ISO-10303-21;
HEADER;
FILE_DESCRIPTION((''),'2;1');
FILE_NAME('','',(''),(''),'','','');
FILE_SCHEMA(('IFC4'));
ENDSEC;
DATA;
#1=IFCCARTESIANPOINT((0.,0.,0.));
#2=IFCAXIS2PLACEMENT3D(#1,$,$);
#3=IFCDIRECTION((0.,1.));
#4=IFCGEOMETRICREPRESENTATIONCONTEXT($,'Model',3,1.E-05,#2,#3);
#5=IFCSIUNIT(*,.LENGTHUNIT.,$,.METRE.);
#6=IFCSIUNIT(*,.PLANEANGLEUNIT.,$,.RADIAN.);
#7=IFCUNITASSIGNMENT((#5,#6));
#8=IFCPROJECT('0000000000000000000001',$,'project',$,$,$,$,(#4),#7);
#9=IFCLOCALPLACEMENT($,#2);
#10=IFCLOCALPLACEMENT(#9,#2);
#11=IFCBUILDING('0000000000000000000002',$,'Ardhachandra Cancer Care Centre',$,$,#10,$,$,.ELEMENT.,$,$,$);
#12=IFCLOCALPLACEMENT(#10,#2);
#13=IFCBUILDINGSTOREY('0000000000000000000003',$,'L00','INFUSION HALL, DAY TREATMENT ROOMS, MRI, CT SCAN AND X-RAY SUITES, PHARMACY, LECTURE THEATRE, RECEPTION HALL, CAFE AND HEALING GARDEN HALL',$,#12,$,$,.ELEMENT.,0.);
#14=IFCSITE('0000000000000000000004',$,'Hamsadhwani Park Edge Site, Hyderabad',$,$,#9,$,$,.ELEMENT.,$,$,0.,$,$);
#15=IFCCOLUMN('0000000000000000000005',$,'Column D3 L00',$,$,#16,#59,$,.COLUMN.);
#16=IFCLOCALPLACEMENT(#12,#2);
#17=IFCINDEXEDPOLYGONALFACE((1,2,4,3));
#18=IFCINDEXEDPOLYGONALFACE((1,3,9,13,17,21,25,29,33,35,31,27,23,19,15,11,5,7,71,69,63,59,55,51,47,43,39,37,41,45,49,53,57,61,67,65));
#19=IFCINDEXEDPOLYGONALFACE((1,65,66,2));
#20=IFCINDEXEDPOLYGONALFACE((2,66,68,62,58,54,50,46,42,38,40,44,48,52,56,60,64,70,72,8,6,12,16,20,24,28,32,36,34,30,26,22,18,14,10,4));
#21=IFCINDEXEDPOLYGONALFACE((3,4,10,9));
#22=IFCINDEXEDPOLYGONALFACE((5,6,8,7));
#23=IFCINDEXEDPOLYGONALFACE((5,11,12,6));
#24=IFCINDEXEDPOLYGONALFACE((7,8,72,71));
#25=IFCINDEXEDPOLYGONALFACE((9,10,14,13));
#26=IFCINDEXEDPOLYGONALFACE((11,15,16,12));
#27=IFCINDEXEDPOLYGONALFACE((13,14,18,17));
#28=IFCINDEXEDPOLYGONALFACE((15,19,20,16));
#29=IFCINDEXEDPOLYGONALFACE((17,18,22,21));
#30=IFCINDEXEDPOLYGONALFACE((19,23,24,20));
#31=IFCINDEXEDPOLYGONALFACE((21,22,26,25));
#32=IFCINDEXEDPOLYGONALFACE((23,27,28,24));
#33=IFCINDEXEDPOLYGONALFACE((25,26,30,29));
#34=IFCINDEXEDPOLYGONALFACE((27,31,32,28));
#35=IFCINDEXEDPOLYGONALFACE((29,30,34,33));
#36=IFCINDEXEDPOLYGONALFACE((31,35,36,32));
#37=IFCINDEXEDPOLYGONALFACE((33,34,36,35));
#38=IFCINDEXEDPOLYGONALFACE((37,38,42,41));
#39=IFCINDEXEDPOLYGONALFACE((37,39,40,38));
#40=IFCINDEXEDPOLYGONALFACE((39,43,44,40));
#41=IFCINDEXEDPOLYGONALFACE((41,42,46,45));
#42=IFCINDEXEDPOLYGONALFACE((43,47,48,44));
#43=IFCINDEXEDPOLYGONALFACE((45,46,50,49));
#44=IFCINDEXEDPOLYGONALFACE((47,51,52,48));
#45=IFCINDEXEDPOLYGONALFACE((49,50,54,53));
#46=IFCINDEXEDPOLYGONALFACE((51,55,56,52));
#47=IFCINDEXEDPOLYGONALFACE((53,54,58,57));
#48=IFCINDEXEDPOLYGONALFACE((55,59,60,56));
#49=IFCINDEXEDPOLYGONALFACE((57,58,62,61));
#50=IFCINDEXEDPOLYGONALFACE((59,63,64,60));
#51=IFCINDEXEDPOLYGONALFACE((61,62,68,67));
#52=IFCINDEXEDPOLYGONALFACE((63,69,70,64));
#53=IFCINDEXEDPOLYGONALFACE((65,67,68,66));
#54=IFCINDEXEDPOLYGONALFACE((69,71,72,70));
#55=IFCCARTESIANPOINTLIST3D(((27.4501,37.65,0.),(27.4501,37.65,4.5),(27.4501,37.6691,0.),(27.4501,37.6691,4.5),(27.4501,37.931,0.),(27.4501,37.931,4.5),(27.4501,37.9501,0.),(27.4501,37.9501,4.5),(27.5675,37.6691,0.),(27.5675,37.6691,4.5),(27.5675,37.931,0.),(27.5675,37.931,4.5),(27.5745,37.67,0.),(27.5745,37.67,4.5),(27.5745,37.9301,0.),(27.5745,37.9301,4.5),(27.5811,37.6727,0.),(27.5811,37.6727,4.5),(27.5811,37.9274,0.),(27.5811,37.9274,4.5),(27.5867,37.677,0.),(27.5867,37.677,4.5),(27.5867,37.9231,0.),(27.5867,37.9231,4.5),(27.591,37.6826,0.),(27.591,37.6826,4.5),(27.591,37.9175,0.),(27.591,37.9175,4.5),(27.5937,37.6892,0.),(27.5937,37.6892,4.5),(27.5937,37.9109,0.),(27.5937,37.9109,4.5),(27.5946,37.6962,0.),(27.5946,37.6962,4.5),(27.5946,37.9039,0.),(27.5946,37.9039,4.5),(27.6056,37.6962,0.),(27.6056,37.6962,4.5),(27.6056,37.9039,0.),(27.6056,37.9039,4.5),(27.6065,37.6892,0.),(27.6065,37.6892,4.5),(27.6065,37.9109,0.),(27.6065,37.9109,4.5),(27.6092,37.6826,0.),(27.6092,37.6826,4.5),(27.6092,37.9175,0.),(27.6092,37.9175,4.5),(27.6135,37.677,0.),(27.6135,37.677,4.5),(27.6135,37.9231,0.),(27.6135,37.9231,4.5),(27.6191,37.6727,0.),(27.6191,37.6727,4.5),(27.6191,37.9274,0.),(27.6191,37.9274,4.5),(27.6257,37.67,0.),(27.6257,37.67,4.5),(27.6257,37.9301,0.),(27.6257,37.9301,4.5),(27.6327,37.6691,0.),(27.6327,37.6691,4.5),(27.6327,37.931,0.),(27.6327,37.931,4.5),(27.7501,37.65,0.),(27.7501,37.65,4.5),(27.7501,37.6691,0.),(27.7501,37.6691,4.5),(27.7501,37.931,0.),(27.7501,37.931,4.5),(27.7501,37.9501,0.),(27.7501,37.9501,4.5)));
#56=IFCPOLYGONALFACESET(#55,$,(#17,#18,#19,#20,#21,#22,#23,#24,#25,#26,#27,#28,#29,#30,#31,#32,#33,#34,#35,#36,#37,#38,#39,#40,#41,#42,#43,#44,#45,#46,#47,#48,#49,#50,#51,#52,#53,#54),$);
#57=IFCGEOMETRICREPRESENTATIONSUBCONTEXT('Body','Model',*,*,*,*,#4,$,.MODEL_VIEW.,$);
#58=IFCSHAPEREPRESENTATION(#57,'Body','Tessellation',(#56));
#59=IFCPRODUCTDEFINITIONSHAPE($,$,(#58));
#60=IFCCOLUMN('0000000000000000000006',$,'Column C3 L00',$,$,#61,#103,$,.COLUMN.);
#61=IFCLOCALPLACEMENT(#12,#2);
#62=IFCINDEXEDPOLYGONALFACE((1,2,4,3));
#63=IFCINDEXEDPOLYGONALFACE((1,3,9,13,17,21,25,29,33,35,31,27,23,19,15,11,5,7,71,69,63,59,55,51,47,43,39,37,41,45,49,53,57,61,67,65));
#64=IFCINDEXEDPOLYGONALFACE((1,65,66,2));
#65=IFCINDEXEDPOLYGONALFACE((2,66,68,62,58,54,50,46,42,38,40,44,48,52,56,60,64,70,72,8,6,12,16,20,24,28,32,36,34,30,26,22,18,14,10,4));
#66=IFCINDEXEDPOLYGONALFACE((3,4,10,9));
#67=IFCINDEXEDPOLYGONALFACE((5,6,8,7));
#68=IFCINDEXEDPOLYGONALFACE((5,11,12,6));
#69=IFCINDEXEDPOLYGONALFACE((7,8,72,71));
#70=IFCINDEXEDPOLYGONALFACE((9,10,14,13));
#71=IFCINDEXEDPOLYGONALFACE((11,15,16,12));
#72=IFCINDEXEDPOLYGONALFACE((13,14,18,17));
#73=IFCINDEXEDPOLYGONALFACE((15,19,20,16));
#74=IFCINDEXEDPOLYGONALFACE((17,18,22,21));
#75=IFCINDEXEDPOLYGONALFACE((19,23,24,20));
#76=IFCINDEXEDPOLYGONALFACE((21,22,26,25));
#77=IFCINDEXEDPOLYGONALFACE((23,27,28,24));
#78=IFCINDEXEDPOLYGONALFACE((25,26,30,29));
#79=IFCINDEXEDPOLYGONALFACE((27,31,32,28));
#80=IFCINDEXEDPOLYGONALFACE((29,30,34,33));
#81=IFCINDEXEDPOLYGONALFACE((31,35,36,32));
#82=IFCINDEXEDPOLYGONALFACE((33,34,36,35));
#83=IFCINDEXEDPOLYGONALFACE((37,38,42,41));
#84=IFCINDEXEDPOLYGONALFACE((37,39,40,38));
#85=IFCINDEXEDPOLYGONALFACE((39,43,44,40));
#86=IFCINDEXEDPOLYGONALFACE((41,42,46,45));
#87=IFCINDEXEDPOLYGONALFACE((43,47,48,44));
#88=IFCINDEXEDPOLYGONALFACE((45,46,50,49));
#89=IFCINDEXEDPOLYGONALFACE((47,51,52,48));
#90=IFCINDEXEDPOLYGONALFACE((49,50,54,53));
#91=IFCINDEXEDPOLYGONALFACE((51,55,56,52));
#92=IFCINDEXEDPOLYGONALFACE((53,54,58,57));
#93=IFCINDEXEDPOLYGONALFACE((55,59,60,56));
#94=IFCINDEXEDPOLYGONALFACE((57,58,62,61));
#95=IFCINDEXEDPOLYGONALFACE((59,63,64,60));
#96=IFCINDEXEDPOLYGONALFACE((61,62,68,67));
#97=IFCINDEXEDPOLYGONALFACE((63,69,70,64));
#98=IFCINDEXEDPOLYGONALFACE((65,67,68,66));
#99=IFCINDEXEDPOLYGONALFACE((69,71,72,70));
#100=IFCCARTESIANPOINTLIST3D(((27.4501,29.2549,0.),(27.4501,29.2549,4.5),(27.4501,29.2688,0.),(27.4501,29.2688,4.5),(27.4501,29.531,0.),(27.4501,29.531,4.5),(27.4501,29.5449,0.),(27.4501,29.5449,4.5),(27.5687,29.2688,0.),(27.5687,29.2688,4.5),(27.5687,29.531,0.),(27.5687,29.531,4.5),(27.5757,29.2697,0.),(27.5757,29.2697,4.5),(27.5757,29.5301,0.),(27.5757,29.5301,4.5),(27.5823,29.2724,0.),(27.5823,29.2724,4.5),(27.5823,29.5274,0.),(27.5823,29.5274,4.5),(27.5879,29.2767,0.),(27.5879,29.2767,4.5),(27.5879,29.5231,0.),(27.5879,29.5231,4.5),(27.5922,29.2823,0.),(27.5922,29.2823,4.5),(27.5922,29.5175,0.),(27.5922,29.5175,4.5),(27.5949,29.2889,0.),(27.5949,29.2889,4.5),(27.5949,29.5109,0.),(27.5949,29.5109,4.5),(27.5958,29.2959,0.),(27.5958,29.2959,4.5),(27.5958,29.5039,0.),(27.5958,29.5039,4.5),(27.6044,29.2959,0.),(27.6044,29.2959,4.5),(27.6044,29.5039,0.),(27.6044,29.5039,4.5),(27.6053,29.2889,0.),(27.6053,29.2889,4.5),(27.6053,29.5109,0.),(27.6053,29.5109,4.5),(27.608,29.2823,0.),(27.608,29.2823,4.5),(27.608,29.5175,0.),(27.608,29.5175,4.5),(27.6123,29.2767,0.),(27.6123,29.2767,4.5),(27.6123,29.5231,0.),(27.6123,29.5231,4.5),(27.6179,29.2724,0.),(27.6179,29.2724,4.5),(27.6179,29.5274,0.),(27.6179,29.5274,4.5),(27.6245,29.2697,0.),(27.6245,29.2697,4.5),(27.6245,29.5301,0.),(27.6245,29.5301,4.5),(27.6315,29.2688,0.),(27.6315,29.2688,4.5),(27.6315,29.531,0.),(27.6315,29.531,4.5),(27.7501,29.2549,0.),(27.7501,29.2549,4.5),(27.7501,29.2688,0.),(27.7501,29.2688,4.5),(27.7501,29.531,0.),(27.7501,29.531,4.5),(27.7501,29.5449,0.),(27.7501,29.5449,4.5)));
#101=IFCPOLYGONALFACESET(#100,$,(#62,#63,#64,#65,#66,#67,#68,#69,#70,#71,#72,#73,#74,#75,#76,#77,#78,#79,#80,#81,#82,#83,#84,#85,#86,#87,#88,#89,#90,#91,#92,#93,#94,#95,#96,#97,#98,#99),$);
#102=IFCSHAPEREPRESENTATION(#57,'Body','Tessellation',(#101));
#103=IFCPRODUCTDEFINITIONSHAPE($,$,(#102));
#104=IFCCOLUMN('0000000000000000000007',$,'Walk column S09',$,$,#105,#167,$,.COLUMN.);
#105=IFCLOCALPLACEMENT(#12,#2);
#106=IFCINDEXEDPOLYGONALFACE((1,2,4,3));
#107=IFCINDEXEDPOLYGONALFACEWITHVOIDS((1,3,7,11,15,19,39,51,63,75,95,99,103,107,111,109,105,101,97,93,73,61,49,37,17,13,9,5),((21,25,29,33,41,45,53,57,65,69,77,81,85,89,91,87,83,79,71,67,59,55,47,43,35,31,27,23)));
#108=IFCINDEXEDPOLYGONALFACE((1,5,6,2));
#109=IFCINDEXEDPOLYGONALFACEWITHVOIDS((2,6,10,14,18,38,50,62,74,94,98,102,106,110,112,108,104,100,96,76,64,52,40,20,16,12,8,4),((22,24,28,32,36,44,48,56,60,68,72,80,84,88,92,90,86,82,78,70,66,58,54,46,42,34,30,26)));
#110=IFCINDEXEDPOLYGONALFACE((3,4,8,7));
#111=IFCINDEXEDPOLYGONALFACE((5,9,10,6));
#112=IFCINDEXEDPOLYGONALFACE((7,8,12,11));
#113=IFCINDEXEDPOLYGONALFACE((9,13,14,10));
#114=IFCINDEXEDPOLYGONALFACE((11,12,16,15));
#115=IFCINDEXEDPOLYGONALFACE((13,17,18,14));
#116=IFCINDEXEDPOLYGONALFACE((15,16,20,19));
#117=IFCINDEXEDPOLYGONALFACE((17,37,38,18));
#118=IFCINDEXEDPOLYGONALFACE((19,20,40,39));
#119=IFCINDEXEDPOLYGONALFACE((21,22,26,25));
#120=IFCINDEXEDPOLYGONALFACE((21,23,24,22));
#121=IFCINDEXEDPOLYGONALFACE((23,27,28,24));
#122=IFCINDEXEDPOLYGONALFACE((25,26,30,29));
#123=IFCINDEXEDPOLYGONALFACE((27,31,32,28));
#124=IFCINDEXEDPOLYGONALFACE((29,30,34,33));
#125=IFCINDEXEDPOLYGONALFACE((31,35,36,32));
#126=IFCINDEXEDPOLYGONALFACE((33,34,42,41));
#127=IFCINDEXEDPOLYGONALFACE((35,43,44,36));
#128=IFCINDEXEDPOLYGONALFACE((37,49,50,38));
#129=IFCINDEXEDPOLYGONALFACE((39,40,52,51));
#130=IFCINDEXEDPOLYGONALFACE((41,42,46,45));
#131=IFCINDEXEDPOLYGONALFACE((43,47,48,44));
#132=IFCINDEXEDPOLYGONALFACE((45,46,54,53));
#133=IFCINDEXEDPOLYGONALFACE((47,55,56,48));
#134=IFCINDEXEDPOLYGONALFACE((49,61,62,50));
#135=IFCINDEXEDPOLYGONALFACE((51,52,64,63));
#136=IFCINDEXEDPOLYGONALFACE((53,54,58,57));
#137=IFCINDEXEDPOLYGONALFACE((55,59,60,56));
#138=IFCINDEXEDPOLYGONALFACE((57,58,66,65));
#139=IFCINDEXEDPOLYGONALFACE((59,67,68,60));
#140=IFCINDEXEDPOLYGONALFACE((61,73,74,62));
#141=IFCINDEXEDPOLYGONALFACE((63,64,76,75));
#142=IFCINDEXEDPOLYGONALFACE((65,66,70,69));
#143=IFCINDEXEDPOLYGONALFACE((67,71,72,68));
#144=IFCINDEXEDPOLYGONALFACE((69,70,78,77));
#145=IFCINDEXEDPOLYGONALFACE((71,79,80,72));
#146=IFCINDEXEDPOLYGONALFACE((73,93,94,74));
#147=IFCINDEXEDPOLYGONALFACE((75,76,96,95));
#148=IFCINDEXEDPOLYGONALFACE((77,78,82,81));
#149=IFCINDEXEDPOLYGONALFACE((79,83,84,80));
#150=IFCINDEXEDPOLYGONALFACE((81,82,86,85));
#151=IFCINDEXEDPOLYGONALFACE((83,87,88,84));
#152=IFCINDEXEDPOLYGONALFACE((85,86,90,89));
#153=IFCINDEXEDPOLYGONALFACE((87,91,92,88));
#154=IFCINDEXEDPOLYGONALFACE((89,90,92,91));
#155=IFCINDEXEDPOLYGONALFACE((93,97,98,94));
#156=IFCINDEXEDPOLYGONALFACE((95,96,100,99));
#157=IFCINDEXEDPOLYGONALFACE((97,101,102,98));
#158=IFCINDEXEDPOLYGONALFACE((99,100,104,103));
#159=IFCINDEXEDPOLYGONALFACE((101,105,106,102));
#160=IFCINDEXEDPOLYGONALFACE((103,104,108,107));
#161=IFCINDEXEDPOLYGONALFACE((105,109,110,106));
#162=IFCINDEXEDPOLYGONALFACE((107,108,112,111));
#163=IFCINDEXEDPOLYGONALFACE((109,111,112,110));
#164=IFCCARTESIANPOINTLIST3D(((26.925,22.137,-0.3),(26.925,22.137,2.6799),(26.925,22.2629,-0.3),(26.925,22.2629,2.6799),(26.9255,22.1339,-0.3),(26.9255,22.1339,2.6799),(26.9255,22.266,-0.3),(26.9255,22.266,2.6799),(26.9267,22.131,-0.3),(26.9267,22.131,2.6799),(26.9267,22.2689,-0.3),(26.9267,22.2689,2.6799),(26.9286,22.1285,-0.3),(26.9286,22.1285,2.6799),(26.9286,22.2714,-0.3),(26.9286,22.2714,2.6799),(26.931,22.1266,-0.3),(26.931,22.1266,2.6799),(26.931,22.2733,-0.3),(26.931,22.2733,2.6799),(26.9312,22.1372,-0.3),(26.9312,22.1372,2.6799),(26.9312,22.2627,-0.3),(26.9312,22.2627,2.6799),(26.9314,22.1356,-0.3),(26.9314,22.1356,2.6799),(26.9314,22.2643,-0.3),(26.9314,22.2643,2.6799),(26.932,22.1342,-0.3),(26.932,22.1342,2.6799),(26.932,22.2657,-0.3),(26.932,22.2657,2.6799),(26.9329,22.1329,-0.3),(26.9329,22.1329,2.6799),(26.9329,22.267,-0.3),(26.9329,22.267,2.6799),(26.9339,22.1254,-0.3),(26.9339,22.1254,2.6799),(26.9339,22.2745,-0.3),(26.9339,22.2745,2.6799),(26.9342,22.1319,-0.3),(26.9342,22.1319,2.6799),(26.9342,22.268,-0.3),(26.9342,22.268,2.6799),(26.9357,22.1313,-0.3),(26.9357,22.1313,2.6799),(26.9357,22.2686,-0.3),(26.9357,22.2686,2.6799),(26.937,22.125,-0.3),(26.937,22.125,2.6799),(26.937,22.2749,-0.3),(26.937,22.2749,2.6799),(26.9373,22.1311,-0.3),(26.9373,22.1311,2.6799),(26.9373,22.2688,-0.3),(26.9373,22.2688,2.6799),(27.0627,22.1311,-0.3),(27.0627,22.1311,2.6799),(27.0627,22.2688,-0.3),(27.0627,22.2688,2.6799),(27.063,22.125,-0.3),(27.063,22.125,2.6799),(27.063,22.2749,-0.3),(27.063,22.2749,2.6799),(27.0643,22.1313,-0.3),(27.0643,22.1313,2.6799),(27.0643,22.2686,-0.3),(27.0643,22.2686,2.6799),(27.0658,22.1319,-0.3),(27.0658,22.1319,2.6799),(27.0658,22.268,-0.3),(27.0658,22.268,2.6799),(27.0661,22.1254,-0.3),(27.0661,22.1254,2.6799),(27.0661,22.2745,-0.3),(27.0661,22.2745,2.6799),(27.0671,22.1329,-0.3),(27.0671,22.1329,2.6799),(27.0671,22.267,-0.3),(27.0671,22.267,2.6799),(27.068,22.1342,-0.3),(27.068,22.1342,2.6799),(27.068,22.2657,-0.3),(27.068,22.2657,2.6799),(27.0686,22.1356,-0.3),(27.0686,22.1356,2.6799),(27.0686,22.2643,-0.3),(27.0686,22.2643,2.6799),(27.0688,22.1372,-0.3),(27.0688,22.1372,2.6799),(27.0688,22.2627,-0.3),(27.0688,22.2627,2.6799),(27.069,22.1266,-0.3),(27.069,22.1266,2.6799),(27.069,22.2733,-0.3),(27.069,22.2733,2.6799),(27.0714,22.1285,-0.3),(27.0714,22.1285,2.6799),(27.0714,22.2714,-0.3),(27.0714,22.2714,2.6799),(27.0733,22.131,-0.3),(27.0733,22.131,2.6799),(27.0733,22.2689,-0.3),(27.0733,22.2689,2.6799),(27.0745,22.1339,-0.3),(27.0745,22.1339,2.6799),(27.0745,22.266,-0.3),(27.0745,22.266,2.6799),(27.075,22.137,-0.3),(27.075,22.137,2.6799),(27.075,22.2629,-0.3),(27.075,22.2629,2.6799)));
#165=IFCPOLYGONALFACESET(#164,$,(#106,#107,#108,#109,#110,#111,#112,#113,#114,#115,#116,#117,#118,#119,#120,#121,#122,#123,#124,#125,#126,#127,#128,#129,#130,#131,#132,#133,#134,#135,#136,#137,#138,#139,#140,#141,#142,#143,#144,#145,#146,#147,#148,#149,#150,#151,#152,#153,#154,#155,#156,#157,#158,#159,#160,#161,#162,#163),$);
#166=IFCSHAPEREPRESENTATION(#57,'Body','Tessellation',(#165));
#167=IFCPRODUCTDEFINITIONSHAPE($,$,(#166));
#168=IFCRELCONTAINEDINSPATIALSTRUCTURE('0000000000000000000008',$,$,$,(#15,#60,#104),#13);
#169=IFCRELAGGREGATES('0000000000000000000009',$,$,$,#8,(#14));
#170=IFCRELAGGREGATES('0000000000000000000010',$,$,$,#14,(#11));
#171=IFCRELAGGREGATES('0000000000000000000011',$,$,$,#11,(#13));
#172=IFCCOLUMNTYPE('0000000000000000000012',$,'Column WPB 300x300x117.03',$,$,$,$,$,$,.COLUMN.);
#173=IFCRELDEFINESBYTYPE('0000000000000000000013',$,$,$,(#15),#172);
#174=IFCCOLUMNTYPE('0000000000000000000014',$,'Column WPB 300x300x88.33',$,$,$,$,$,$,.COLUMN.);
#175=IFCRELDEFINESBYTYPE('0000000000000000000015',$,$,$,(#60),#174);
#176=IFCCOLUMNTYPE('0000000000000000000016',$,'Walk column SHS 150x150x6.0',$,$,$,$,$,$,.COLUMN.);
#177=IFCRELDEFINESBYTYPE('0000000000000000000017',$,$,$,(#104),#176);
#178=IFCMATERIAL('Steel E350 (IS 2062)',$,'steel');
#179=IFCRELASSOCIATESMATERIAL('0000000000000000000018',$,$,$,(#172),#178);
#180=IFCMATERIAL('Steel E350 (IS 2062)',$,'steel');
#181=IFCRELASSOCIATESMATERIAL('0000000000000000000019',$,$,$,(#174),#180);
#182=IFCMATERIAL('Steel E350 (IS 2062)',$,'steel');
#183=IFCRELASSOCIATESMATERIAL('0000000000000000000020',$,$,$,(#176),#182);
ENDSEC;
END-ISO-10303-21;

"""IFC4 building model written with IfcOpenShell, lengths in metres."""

from ifc_helpers import new_model, si_unit, direction, frame, origin, origin_2d, place, context, subcontext, project, spatial, hollow_rectangle, i_section, extrude, material, material_profile, profile_set, type_object, element, save


model = new_model("IFC4")

# Units and contexts
model_context = context("Model", 3, precision=1e-05, world=origin(), true_north=direction((0.0, 1.0)))
body_context = subcontext(model_context, "Body", "Model", "MODEL_VIEW")
ifc_project = project(units=[si_unit("LENGTHUNIT", "METRE"), si_unit("PLANEANGLEUNIT", "RADIAN")], contexts=[model_context])

# Site, building, storey
site_placement = place(None, origin())
site = spatial("IfcSite", under=ifc_project, at=site_placement, Name="Hamsadhwani Park Edge Site, Hyderabad", CompositionType="ELEMENT", RefElevation=0.0)
building_placement = place(site_placement, origin())
building = spatial("IfcBuilding", under=site, at=building_placement, Name="Ardhachandra Cancer Care Centre", CompositionType="ELEMENT")
storey_placement = place(building_placement, origin())
storey = spatial("IfcBuildingStorey", under=building, at=storey_placement, Name="L00", Description="INFUSION HALL, DAY TREATMENT ROOMS, MRI, CT SCAN AND X-RAY SUITES, PHARMACY, LECTURE THEATRE, RECEPTION HALL, CAFE AND HEALING GARDEN HALL", CompositionType="ELEMENT", Elevation=0.0)

# Columns
ifc_material_1 = material(Name="Steel E350 (IS 2062)", Category="steel")
ifc_material_profile_1 = material_profile(ifc_material_1, i_section(OverallWidth=0.3, OverallDepth=0.3, WebThickness=0.011, FlangeThickness=0.019, FilletRadius=0.0271, at=origin_2d()), Name="WPB 300x300x117.03")
ifc_profile_set_1 = profile_set([ifc_material_profile_1], Name="Steel E350 (IS 2062)")
column_type_1 = type_object("IfcColumnType", Name="Column WPB 300x300x117.03", PredefinedType="COLUMN", material=ifc_profile_set_1)
column_1_placement = place(storey_placement, frame((27.6001, 37.8, 0.0), z_axis=(0.0, 0.0, 1.0), x_axis=(1.0, 0.0, 0.0)))
element("IfcColumn", 1, at=column_1_placement, inside=storey, type_object=column_type_1, Name="Column D3 L00", PredefinedType="COLUMN", context=body_context, shape_type="SweptSolid", body=[
    extrude(i_section(OverallWidth=0.3, OverallDepth=0.3, WebThickness=0.011, FlangeThickness=0.019, FilletRadius=0.0271, at=origin_2d()), origin(), (0.0, 0.0, 1.0), 4.5),
])
ifc_material_2 = material(Name="Steel E350 (IS 2062)", Category="steel")
ifc_material_profile_2 = material_profile(ifc_material_2, i_section(OverallWidth=0.3, OverallDepth=0.29, WebThickness=0.0085, FlangeThickness=0.0139, FilletRadius=0.0271, at=origin_2d()), Name="WPB 300x300x88.33")
ifc_profile_set_2 = profile_set([ifc_material_profile_2], Name="Steel E350 (IS 2062)")
column_type_2 = type_object("IfcColumnType", Name="Column WPB 300x300x88.33", PredefinedType="COLUMN", material=ifc_profile_set_2)
column_2_placement = place(storey_placement, frame((27.6001, 29.3999, 0.0), z_axis=(0.0, 0.0, 1.0), x_axis=(1.0, 0.0, 0.0)))
element("IfcColumn", 2, at=column_2_placement, inside=storey, type_object=column_type_2, Name="Column C3 L00", PredefinedType="COLUMN", context=body_context, shape_type="SweptSolid", body=[
    extrude(i_section(OverallWidth=0.3, OverallDepth=0.29, WebThickness=0.0085, FlangeThickness=0.0139, FilletRadius=0.0271, at=origin_2d()), origin(), (0.0, 0.0, 1.0), 4.5),
])
ifc_material_3 = material(Name="Steel E350 (IS 2062)", Category="steel")
ifc_material_profile_3 = material_profile(ifc_material_3, hollow_rectangle(XDim=0.1499, YDim=0.1499, WallThickness=0.0061, InnerFilletRadius=0.0061, OuterFilletRadius=0.012, at=origin_2d()), Name="SHS 150x150x6.0")
ifc_profile_set_3 = profile_set([ifc_material_profile_3], Name="Steel E350 (IS 2062)")
column_type_3 = type_object("IfcColumnType", Name="Walk column SHS 150x150x6.0", PredefinedType="COLUMN", material=ifc_profile_set_3)
column_3_placement = place(storey_placement, frame((27.0, 22.2, -0.3), z_axis=(0.0, 0.0, 1.0), x_axis=(1.0, 0.0, 0.0)))
element("IfcColumn", 3, at=column_3_placement, inside=storey, type_object=column_type_3, Name="Walk column S09", PredefinedType="COLUMN", context=body_context, shape_type="SweptSolid", body=[
    extrude(hollow_rectangle(XDim=0.1499, YDim=0.1499, WallThickness=0.0061, InnerFilletRadius=0.0061, OuterFilletRadius=0.012, at=origin_2d()), origin(), (0.0, 0.0, 1.0), 2.98),
])

save(model, "model.ifc")
